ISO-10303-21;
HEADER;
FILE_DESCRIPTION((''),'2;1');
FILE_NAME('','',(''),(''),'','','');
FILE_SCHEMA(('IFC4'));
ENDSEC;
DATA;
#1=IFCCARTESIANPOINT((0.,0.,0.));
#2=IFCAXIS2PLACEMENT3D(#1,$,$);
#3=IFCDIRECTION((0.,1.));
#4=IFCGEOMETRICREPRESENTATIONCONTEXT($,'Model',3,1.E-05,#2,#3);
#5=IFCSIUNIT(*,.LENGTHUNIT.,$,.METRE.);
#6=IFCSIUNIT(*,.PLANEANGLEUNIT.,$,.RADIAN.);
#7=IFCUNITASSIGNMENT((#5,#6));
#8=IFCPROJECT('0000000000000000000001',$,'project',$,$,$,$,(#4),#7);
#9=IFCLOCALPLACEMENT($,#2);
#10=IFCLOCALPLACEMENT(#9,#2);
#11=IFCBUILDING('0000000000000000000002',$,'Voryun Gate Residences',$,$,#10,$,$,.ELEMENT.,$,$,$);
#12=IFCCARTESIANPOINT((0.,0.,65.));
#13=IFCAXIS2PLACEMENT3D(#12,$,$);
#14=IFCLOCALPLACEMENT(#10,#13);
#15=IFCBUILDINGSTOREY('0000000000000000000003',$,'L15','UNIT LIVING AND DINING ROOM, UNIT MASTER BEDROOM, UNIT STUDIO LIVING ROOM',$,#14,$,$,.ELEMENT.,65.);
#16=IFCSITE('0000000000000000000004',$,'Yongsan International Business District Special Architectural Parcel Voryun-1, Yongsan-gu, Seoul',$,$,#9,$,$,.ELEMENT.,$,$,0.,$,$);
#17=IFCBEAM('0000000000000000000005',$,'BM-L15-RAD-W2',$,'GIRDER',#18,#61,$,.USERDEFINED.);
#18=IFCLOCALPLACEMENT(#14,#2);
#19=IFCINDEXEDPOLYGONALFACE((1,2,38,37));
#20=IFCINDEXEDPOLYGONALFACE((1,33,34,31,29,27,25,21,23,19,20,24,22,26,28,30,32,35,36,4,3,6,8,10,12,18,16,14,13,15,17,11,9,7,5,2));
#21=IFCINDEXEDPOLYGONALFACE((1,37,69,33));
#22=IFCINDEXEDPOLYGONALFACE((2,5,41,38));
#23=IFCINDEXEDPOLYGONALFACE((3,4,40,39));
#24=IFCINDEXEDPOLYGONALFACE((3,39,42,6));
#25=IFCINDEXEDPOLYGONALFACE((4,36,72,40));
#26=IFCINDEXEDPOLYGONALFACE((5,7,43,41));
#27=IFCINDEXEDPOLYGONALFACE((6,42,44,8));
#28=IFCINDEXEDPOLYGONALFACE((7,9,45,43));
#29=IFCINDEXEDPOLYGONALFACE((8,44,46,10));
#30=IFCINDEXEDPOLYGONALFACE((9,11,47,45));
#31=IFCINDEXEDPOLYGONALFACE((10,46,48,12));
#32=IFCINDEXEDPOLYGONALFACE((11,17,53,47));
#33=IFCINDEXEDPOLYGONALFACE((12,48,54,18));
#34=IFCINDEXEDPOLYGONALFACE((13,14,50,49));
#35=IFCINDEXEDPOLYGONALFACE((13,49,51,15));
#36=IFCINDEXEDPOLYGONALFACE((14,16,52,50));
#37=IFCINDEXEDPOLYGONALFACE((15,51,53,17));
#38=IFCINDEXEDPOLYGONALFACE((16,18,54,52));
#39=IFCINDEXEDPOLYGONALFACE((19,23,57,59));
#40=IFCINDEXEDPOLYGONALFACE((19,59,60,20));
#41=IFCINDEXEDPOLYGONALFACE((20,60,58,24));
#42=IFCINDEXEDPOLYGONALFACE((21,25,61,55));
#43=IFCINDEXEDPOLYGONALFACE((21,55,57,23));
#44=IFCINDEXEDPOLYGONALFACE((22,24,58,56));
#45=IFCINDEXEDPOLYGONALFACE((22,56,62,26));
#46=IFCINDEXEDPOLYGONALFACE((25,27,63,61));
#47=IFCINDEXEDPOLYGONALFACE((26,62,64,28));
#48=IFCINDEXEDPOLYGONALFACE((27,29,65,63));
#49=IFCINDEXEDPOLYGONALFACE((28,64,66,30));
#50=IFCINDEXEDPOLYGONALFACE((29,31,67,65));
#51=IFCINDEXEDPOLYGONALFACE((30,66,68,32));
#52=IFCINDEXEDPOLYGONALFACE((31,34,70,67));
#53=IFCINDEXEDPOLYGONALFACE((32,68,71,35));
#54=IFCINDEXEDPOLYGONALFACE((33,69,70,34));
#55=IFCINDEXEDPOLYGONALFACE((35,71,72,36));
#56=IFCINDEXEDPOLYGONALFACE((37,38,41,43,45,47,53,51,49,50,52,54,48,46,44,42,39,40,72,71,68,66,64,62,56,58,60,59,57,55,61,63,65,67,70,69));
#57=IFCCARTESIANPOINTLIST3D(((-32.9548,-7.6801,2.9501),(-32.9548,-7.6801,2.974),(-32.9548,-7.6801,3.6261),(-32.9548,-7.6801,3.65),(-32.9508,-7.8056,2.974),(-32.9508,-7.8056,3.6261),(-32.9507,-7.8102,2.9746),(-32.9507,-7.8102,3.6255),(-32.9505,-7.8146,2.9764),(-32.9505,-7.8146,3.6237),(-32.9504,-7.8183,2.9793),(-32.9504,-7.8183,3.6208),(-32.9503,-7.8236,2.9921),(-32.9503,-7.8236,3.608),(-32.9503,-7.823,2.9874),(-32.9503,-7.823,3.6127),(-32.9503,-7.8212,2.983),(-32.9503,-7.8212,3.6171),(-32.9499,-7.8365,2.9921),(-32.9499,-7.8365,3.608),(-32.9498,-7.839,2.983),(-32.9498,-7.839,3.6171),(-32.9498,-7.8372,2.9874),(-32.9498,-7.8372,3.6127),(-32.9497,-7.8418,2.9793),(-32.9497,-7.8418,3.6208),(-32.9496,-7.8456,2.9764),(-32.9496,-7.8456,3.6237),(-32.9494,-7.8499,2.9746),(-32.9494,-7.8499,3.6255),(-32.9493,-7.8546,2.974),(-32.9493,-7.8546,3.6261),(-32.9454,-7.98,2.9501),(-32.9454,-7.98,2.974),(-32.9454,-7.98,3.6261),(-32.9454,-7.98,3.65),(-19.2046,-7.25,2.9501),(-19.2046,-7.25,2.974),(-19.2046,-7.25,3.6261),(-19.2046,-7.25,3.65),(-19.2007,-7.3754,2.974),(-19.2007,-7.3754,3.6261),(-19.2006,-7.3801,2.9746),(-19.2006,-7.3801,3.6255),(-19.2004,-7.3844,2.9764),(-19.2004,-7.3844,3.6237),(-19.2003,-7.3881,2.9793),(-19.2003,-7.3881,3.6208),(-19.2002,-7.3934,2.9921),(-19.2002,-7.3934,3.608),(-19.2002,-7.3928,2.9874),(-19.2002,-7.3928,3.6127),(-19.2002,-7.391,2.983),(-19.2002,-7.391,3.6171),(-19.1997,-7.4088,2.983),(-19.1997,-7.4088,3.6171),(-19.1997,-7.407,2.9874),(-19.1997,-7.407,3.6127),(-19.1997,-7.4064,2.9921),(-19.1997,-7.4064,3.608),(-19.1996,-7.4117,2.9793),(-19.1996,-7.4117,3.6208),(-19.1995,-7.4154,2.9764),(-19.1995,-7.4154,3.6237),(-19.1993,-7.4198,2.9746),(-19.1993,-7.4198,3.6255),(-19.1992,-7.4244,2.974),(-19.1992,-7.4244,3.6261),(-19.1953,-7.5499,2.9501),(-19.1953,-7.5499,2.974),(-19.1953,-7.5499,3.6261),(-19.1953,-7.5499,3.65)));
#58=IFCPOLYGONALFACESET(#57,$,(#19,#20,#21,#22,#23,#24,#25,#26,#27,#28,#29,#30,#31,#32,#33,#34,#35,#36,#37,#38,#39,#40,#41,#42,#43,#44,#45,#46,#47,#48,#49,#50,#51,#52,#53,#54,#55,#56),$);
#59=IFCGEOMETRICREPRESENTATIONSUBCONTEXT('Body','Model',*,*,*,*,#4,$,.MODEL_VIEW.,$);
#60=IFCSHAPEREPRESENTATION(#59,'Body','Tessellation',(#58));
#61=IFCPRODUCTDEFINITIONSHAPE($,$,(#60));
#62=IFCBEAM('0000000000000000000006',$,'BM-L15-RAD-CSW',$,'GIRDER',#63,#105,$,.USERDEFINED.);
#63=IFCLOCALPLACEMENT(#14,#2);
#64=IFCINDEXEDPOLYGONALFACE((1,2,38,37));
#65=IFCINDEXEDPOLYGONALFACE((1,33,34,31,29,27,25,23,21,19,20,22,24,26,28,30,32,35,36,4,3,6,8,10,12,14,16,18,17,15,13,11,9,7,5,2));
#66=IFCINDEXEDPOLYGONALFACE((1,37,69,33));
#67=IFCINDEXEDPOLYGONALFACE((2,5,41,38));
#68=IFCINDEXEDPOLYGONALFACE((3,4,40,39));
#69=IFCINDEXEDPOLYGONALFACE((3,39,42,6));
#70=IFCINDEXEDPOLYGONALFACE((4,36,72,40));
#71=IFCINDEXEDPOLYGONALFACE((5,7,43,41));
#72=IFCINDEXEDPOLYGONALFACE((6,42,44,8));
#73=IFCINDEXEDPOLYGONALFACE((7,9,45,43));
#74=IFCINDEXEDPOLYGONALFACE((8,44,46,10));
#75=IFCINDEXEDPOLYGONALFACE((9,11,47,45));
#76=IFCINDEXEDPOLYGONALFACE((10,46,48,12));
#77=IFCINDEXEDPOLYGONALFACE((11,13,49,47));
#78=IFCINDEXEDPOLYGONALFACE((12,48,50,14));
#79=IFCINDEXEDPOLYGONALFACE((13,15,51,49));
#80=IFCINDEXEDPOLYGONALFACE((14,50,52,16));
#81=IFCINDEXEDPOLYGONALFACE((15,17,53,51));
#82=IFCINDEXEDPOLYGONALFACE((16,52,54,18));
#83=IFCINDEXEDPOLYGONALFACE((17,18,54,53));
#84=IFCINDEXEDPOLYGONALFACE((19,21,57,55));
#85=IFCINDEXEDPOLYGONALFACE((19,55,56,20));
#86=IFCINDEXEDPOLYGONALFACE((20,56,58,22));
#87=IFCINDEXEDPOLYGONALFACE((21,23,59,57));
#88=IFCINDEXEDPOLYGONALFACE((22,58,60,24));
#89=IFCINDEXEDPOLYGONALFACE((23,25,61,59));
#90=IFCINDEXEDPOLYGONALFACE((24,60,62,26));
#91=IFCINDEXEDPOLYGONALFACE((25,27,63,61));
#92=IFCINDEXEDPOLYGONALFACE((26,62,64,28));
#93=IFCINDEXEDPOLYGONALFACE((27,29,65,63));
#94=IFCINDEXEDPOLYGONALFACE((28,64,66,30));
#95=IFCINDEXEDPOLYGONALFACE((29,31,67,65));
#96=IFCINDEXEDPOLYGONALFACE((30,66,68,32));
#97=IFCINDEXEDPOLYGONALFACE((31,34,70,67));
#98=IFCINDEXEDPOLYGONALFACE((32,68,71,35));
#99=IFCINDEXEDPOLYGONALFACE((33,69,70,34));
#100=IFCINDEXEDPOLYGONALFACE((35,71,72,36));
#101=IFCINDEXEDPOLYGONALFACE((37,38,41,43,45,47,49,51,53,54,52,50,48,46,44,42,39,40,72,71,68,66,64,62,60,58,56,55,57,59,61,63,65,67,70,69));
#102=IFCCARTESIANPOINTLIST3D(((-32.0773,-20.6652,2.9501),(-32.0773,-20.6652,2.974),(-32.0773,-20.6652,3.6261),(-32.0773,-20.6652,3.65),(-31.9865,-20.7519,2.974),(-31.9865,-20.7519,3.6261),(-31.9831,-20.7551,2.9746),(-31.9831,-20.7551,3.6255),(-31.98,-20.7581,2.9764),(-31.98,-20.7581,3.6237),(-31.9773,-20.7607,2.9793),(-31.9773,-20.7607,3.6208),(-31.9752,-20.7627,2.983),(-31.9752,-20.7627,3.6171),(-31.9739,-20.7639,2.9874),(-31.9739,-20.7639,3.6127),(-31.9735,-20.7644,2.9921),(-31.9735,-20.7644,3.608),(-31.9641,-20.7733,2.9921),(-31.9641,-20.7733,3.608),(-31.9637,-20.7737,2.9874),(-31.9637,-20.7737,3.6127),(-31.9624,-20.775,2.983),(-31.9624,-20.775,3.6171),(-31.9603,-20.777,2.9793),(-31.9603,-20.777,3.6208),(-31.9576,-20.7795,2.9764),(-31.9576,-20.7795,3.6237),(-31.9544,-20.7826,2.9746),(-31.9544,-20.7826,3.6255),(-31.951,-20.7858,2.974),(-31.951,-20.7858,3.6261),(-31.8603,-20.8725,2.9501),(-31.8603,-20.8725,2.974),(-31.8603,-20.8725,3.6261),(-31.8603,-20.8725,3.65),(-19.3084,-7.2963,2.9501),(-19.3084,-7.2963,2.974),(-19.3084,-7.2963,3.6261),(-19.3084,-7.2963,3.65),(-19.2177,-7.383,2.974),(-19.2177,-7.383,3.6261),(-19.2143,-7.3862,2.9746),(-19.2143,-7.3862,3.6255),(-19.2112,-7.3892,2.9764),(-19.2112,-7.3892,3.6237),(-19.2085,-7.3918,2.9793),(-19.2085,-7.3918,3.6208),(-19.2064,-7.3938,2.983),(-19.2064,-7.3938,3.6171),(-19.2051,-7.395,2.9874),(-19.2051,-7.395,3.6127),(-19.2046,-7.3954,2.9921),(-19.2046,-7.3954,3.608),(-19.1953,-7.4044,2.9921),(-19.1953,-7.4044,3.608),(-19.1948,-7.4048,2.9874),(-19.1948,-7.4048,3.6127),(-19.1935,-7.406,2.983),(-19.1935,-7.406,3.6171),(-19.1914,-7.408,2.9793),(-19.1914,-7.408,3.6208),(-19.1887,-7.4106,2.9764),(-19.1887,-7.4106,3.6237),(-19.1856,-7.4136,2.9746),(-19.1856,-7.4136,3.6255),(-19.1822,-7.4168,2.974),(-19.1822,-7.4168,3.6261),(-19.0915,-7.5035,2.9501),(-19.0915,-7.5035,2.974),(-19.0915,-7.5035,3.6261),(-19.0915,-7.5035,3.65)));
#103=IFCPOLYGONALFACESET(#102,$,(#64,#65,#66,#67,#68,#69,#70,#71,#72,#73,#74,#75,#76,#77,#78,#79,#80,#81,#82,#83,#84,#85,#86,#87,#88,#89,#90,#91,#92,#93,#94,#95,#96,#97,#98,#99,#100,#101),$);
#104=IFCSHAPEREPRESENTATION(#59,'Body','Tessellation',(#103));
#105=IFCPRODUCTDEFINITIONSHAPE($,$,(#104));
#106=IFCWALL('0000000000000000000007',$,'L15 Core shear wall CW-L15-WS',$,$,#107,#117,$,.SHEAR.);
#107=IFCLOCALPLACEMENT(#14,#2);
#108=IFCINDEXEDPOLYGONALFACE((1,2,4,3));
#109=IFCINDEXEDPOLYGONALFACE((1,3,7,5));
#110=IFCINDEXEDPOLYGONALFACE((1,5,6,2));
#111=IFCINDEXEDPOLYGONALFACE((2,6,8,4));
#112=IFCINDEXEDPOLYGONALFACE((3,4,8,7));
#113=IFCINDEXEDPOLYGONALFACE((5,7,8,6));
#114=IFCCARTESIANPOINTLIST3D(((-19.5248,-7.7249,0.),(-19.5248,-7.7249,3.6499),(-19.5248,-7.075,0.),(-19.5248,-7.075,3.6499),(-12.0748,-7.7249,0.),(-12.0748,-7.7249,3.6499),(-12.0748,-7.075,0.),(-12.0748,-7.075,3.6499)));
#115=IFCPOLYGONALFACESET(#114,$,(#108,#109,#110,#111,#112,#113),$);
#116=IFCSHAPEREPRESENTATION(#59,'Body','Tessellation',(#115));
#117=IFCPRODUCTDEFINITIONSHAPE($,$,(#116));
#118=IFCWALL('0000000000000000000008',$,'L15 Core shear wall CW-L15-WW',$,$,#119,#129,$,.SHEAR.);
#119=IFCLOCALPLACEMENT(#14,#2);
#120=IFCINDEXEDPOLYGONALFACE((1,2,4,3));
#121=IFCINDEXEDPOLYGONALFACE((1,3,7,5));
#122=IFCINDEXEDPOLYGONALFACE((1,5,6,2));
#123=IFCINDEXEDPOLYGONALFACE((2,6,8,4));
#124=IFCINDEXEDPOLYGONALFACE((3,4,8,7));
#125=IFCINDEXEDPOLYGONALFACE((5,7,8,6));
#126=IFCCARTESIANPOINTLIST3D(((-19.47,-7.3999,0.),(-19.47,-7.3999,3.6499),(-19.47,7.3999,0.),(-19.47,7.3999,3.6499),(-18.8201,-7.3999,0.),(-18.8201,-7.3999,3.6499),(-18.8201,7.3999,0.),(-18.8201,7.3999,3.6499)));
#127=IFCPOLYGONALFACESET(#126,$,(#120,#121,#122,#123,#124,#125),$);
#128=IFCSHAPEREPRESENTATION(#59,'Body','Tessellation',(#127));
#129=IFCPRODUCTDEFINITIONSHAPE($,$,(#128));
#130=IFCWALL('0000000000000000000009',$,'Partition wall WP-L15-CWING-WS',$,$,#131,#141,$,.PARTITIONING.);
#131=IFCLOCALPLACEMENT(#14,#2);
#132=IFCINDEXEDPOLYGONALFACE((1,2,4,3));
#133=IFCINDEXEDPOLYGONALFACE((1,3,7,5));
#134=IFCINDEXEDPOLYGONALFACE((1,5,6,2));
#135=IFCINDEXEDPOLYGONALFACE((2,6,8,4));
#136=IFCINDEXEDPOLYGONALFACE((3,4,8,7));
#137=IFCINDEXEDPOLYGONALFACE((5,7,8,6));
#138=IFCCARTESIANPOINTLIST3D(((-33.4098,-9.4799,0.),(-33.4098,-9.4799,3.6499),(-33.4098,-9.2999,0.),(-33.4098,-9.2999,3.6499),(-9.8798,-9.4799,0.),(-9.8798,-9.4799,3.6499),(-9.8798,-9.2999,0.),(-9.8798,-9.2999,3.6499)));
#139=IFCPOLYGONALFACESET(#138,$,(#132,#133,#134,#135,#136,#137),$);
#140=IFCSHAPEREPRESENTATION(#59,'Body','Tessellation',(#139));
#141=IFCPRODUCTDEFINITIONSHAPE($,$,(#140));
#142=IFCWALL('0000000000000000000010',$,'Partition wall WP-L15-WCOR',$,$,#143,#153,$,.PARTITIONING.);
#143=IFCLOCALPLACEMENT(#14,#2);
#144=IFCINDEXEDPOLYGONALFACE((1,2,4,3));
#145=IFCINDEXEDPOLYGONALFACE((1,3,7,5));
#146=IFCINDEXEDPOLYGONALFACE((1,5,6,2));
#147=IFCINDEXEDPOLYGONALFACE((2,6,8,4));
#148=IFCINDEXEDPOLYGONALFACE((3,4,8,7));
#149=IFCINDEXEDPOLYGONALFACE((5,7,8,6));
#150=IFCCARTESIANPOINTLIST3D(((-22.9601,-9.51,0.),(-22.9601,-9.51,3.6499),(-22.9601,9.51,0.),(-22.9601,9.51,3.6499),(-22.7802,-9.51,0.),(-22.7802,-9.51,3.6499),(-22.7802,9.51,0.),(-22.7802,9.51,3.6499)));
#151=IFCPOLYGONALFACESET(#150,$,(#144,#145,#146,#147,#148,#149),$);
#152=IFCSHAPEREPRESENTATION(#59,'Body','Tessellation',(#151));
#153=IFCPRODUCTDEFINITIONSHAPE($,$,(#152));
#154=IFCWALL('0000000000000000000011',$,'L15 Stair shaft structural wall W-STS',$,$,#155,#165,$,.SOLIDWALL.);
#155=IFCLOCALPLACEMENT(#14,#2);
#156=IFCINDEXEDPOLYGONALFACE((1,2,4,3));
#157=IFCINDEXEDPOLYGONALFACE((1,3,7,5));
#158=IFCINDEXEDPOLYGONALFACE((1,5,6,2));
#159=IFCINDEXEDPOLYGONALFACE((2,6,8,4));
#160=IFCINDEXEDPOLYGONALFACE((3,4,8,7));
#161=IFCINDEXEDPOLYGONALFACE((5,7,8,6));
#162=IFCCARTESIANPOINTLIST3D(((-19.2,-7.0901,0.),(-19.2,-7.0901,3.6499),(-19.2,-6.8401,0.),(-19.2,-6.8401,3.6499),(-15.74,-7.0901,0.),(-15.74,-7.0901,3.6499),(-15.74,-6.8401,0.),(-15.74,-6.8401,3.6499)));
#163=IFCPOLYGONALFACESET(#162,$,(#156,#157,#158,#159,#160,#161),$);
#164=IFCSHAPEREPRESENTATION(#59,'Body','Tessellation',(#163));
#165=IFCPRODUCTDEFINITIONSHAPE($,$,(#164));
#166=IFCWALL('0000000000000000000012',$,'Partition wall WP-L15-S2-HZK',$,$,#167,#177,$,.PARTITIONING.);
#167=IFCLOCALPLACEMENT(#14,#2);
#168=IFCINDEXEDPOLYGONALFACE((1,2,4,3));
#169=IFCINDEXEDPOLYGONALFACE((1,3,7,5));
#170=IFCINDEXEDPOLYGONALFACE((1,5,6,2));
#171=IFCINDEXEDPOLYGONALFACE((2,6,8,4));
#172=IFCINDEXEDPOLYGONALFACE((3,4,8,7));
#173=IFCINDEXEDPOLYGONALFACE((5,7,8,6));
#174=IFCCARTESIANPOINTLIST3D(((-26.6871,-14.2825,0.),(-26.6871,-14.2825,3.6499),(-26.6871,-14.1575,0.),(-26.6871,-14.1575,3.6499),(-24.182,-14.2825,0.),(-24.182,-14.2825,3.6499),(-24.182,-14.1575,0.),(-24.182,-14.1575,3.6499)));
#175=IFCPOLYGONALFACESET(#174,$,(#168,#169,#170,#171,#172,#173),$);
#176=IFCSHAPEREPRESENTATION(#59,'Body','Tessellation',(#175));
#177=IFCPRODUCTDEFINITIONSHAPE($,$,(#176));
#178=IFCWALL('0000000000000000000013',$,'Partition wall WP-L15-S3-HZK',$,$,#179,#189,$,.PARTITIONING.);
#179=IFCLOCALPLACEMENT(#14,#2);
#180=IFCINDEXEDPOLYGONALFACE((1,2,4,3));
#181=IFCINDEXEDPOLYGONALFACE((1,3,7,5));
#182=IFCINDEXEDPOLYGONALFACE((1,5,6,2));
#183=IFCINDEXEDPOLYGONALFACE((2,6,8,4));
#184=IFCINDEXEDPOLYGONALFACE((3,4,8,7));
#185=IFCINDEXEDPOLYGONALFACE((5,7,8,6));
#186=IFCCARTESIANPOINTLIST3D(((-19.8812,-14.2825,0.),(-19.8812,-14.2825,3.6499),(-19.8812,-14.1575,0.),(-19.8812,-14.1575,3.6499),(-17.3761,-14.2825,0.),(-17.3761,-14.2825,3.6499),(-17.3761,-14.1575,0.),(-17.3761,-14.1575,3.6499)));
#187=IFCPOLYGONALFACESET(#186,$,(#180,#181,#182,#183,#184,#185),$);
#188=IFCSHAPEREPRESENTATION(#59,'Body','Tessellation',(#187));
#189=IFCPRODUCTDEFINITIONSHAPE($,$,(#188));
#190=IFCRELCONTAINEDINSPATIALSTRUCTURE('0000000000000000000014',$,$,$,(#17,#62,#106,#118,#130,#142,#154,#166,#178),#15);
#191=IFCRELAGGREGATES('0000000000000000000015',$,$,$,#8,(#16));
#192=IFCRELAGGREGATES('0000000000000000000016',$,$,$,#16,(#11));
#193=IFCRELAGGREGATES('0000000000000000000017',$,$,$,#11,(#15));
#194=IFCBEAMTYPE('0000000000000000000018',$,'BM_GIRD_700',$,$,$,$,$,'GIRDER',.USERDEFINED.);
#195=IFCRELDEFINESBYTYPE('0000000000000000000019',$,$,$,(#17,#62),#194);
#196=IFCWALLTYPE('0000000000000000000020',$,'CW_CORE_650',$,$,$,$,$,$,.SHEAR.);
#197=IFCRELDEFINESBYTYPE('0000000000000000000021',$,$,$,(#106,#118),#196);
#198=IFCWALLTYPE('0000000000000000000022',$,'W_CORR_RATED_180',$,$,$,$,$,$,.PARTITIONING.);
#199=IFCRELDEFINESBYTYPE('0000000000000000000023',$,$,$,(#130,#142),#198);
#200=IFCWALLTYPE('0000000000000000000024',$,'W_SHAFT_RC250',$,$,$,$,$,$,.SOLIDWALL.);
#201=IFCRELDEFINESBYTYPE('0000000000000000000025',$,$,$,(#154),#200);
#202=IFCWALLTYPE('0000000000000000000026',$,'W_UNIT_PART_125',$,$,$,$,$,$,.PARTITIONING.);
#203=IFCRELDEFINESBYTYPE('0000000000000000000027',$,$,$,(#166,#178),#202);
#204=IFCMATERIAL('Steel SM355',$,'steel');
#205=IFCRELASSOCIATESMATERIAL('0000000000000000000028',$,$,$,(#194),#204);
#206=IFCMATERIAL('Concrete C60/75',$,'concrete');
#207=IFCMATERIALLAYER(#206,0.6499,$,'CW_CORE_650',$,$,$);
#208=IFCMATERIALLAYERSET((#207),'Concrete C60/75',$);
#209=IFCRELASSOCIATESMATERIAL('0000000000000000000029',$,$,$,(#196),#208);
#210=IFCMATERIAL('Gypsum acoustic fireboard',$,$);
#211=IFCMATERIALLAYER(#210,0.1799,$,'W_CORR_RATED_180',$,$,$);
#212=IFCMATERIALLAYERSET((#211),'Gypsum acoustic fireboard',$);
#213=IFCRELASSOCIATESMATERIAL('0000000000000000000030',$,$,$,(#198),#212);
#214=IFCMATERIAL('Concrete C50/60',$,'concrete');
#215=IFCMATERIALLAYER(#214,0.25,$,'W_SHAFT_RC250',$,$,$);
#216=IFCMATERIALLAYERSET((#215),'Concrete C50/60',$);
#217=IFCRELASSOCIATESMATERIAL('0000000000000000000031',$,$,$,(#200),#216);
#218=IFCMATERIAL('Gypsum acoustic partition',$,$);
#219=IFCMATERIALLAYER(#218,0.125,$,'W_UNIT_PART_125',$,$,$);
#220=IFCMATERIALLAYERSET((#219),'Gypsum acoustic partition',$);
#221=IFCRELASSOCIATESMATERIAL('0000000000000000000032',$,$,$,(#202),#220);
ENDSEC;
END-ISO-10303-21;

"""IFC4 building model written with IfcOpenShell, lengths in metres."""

from ifc_helpers import new_model, si_unit, direction, frame, frame_2d, origin, origin_2d, place, context, subcontext, project, spatial, rectangle, i_section, extrude, material, layer, layer_set, material_profile, profile_set, type_object, element, save


model = new_model("IFC4")

# Units and contexts
model_context = context("Model", 3, precision=1e-05, world=origin(), true_north=direction((0.0, 1.0)))
body_context = subcontext(model_context, "Body", "Model", "MODEL_VIEW")
ifc_project = project(units=[si_unit("LENGTHUNIT", "METRE"), si_unit("PLANEANGLEUNIT", "RADIAN")], contexts=[model_context])

# Site, building, storey
site_placement = place(None, origin())
site = spatial("IfcSite", under=ifc_project, at=site_placement, Name="Yongsan International Business District Special Architectural Parcel Voryun-1, Yongsan-gu, Seoul", CompositionType="ELEMENT", RefElevation=0.0)
building_placement = place(site_placement, origin())
building = spatial("IfcBuilding", under=site, at=building_placement, Name="Voryun Gate Residences", CompositionType="ELEMENT")
storey_placement = place(building_placement, frame((0.0, 0.0, 65.0)))
storey = spatial("IfcBuildingStorey", under=building, at=storey_placement, Name="L15", Description="UNIT LIVING AND DINING ROOM, UNIT MASTER BEDROOM, UNIT STUDIO LIVING ROOM", CompositionType="ELEMENT", Elevation=65.0)

# Beams
ifc_material_1 = material(Name="Steel SM355", Category="steel")
ifc_material_profile_1 = material_profile(ifc_material_1, i_section(OverallWidth=0.3, OverallDepth=0.7, WebThickness=0.0129, FlangeThickness=0.0239, FilletRadius=0.0181, at=origin_2d()), Name="H-700x300x13x24")
ifc_profile_set_1 = profile_set([ifc_material_profile_1], Name="Steel SM355")
beam_type_1 = type_object("IfcBeamType", Name="BM_GIRD_700", ElementType="GIRDER", PredefinedType="USERDEFINED", material=ifc_profile_set_1)
beam_1_placement = place(storey_placement, frame((-19.2, -7.3999, 3.3), z_axis=(-0.999511, -0.03127, 0.0), x_axis=(0.03127, -0.999511, 0.0)))
element("IfcBeam", 1, at=beam_1_placement, inside=storey, type_object=beam_type_1, Name="BM-L15-RAD-W2", ObjectType="GIRDER", PredefinedType="USERDEFINED", context=body_context, shape_type="SweptSolid", body=[
    extrude(i_section(OverallWidth=0.3, OverallDepth=0.7, WebThickness=0.0129, FlangeThickness=0.0239, FilletRadius=0.0181, at=origin_2d()), origin(), (0.0, 0.0, 1.0), 13.7568),
])
beam_2_placement = place(storey_placement, frame((-19.2, -7.3999, 3.3), z_axis=(-0.69069, -0.723151, 0.0), x_axis=(0.723151, -0.69069, 0.0)))
element("IfcBeam", 2, at=beam_2_placement, inside=storey, type_object=beam_type_1, Name="BM-L15-RAD-CSW", ObjectType="GIRDER", PredefinedType="USERDEFINED", context=body_context, shape_type="SweptSolid", body=[
    extrude(i_section(OverallWidth=0.3, OverallDepth=0.7, WebThickness=0.0129, FlangeThickness=0.0239, FilletRadius=0.0181, at=origin_2d()), origin(), (0.0, 0.0, 1.0), 18.4871),
])

# Walls
ifc_material_2 = material(Name="Concrete C60/75", Category="concrete")
ifc_layer_1 = layer(ifc_material_2, 0.6499, Name="CW_CORE_650")
ifc_layer_set_1 = layer_set([ifc_layer_1], Name="Concrete C60/75")
wall_type_1 = type_object("IfcWallType", Name="CW_CORE_650", PredefinedType="SHEAR", material=ifc_layer_set_1)
wall_1_placement = place(storey_placement, frame((-19.5249, -7.3999, 0.0), z_axis=(0.0, 0.0, 1.0), x_axis=(1.0, 0.0, 0.0)))
element("IfcWall", 3, at=wall_1_placement, inside=storey, type_object=wall_type_1, Name="L15 Core shear wall CW-L15-WS", PredefinedType="SHEAR", context=body_context, shape_type="SweptSolid", body=[
    extrude(rectangle(XDim=7.45, YDim=0.6499, at=frame_2d((3.7251, 0.0))), origin(), (0.0, 0.0, 1.0), 3.6499),
])
wall_2_placement = place(storey_placement, frame((-19.145, -7.3999, 0.0), z_axis=(0.0, 0.0, 1.0), x_axis=(0.0, 1.0, 0.0)))
element("IfcWall", 4, at=wall_2_placement, inside=storey, type_object=wall_type_1, Name="L15 Core shear wall CW-L15-WW", PredefinedType="SHEAR", context=body_context, shape_type="SweptSolid", body=[
    extrude(rectangle(XDim=14.7998, YDim=0.6499, at=frame_2d((7.3999, 0.0))), origin(), (0.0, 0.0, 1.0), 3.6499),
])
ifc_material_3 = material(Name="Gypsum acoustic fireboard")
ifc_layer_2 = layer(ifc_material_3, 0.1799, Name="W_CORR_RATED_180")
ifc_layer_set_2 = layer_set([ifc_layer_2], Name="Gypsum acoustic fireboard")
wall_type_2 = type_object("IfcWallType", Name="W_CORR_RATED_180", PredefinedType="PARTITIONING", material=ifc_layer_set_2)
wall_3_placement = place(storey_placement, frame((-33.4099, -9.3899, 0.0), z_axis=(0.0, 0.0, 1.0), x_axis=(1.0, 0.0, 0.0)))
element("IfcWall", 5, at=wall_3_placement, inside=storey, type_object=wall_type_2, Name="Partition wall WP-L15-CWING-WS", PredefinedType="PARTITIONING", context=body_context, shape_type="SweptSolid", body=[
    extrude(rectangle(XDim=23.53, YDim=0.1799, at=frame_2d((11.7651, 0.0))), origin(), (0.0, 0.0, 1.0), 3.6499),
])

# Walls
wall_4_placement = place(storey_placement, frame((-22.8701, -9.51, 0.0), z_axis=(0.0, 0.0, 1.0), x_axis=(0.0, 1.0, 0.0)))
element("IfcWall", 6, at=wall_4_placement, inside=storey, type_object=wall_type_2, Name="Partition wall WP-L15-WCOR", PredefinedType="PARTITIONING", context=body_context, shape_type="SweptSolid", body=[
    extrude(rectangle(XDim=19.02, YDim=0.1799, at=frame_2d((9.51, 0.0))), origin(), (0.0, 0.0, 1.0), 3.6499),
])
ifc_material_4 = material(Name="Concrete C50/60", Category="concrete")
ifc_layer_3 = layer(ifc_material_4, 0.25, Name="W_SHAFT_RC250")
ifc_layer_set_3 = layer_set([ifc_layer_3], Name="Concrete C50/60")
wall_type_3 = type_object("IfcWallType", Name="W_SHAFT_RC250", PredefinedType="SOLIDWALL", material=ifc_layer_set_3)
wall_5_placement = place(storey_placement, frame((-19.2, -6.9651, 0.0), z_axis=(0.0, 0.0, 1.0), x_axis=(1.0, 0.0, 0.0)))
element("IfcWall", 7, at=wall_5_placement, inside=storey, type_object=wall_type_3, Name="L15 Stair shaft structural wall W-STS", PredefinedType="SOLIDWALL", context=body_context, shape_type="SweptSolid", body=[
    extrude(rectangle(XDim=3.46, YDim=0.25, at=frame_2d((1.73, 0.0))), origin(), (0.0, 0.0, 1.0), 3.6499),
])
ifc_material_5 = material(Name="Gypsum acoustic partition")
ifc_layer_4 = layer(ifc_material_5, 0.125, Name="W_UNIT_PART_125")
ifc_layer_set_4 = layer_set([ifc_layer_4], Name="Gypsum acoustic partition")
wall_type_4 = type_object("IfcWallType", Name="W_UNIT_PART_125", PredefinedType="PARTITIONING", material=ifc_layer_set_4)
for number, where, z_axis, x_axis, name in (
    (8, (-26.687, -14.22, 0.0), (0.0, 0.0, 1.0), (1.0, 0.0, 0.0), "Partition wall WP-L15-S2-HZK"),
    (9, (-19.8811, -14.22, 0.0), (0.0, 0.0, 1.0), (1.0, 0.0, 0.0), "Partition wall WP-L15-S3-HZK"),
):
    element("IfcWall", number, at=place(storey_placement, frame(where, z_axis=z_axis, x_axis=x_axis)), inside=storey, type_object=wall_type_4, Name=name, PredefinedType="PARTITIONING", context=body_context, shape_type="SweptSolid", body=[
        extrude(rectangle(XDim=2.5051, YDim=0.125, at=frame_2d((1.2524, 0.0))), origin(), (0.0, 0.0, 1.0), 3.6499),
    ])

save(model, "model.ifc")
